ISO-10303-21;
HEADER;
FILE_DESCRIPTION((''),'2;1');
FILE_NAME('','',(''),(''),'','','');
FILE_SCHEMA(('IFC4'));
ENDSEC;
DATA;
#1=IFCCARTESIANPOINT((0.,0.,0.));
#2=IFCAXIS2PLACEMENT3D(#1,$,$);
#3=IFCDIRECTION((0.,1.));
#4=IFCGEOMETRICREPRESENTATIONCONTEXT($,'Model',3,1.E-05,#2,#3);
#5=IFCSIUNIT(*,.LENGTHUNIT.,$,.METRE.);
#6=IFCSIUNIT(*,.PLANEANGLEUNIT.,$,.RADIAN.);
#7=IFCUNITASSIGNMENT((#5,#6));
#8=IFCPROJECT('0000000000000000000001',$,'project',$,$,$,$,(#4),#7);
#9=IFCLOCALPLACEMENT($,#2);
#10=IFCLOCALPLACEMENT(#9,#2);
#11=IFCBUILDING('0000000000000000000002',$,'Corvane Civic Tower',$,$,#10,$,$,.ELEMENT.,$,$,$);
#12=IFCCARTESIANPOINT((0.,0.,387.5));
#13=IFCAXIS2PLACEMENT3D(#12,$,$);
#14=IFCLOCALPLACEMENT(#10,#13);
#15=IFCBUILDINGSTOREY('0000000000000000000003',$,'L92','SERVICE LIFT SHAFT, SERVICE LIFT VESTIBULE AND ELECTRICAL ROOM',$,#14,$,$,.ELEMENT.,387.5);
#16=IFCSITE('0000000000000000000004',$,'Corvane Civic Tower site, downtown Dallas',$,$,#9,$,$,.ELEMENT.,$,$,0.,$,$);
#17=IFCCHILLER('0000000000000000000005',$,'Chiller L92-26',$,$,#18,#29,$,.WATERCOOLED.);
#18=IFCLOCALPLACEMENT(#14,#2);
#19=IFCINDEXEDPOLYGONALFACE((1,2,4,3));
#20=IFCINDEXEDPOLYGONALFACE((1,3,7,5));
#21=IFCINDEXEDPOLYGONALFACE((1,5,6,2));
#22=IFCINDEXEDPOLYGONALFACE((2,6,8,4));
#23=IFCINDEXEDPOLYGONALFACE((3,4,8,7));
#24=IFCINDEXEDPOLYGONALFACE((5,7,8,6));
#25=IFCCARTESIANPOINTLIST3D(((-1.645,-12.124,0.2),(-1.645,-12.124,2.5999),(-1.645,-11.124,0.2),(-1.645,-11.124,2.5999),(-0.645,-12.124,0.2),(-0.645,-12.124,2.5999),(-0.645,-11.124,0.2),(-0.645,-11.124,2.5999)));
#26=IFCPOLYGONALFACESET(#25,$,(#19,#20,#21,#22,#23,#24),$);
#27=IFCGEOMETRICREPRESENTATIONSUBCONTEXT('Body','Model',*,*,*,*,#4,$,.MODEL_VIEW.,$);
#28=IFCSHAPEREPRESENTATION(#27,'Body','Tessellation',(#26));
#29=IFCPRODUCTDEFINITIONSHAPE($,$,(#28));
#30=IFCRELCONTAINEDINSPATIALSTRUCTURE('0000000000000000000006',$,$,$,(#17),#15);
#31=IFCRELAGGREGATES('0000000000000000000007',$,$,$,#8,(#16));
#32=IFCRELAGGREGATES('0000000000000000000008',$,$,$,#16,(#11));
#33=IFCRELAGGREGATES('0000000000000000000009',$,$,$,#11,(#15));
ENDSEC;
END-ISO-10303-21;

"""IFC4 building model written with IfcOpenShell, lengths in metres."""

from ifc_helpers import new_model, si_unit, direction, frame, origin, origin_2d, place, context, subcontext, project, spatial, rectangle, extrude, element, save


model = new_model("IFC4")

# Units and contexts
model_context = context("Model", 3, precision=1e-05, world=origin(), true_north=direction((0.0, 1.0)))
body_context = subcontext(model_context, "Body", "Model", "MODEL_VIEW")
ifc_project = project(units=[si_unit("LENGTHUNIT", "METRE"), si_unit("PLANEANGLEUNIT", "RADIAN")], contexts=[model_context])

# Site, building, storey
site_placement = place(None, origin())
site = spatial("IfcSite", under=ifc_project, at=site_placement, Name="Corvane Civic Tower site, downtown Dallas", CompositionType="ELEMENT", RefElevation=0.0)
building_placement = place(site_placement, origin())
building = spatial("IfcBuilding", under=site, at=building_placement, Name="Corvane Civic Tower", CompositionType="ELEMENT")
storey_placement = place(building_placement, frame((0.0, 0.0, 387.5)))
storey = spatial("IfcBuildingStorey", under=building, at=storey_placement, Name="L92", Description="SERVICE LIFT SHAFT, SERVICE LIFT VESTIBULE AND ELECTRICAL ROOM", CompositionType="ELEMENT", Elevation=387.5)

# Chiller
chiller_1_placement = place(storey_placement, frame((-1.145, -11.624, 0.2), z_axis=(0.0, 0.0, 1.0), x_axis=(1.0, 0.0, 0.0)))
element("IfcChiller", 1, at=chiller_1_placement, inside=storey, Name="Chiller L92-26", PredefinedType="WATERCOOLED", context=body_context, shape_type="SweptSolid", body=[
    extrude(rectangle(XDim=1.0, YDim=1.0, at=origin_2d()), origin(), (0.0, 0.0, 1.0), 2.3999),
])

save(model, "model.ifc")
